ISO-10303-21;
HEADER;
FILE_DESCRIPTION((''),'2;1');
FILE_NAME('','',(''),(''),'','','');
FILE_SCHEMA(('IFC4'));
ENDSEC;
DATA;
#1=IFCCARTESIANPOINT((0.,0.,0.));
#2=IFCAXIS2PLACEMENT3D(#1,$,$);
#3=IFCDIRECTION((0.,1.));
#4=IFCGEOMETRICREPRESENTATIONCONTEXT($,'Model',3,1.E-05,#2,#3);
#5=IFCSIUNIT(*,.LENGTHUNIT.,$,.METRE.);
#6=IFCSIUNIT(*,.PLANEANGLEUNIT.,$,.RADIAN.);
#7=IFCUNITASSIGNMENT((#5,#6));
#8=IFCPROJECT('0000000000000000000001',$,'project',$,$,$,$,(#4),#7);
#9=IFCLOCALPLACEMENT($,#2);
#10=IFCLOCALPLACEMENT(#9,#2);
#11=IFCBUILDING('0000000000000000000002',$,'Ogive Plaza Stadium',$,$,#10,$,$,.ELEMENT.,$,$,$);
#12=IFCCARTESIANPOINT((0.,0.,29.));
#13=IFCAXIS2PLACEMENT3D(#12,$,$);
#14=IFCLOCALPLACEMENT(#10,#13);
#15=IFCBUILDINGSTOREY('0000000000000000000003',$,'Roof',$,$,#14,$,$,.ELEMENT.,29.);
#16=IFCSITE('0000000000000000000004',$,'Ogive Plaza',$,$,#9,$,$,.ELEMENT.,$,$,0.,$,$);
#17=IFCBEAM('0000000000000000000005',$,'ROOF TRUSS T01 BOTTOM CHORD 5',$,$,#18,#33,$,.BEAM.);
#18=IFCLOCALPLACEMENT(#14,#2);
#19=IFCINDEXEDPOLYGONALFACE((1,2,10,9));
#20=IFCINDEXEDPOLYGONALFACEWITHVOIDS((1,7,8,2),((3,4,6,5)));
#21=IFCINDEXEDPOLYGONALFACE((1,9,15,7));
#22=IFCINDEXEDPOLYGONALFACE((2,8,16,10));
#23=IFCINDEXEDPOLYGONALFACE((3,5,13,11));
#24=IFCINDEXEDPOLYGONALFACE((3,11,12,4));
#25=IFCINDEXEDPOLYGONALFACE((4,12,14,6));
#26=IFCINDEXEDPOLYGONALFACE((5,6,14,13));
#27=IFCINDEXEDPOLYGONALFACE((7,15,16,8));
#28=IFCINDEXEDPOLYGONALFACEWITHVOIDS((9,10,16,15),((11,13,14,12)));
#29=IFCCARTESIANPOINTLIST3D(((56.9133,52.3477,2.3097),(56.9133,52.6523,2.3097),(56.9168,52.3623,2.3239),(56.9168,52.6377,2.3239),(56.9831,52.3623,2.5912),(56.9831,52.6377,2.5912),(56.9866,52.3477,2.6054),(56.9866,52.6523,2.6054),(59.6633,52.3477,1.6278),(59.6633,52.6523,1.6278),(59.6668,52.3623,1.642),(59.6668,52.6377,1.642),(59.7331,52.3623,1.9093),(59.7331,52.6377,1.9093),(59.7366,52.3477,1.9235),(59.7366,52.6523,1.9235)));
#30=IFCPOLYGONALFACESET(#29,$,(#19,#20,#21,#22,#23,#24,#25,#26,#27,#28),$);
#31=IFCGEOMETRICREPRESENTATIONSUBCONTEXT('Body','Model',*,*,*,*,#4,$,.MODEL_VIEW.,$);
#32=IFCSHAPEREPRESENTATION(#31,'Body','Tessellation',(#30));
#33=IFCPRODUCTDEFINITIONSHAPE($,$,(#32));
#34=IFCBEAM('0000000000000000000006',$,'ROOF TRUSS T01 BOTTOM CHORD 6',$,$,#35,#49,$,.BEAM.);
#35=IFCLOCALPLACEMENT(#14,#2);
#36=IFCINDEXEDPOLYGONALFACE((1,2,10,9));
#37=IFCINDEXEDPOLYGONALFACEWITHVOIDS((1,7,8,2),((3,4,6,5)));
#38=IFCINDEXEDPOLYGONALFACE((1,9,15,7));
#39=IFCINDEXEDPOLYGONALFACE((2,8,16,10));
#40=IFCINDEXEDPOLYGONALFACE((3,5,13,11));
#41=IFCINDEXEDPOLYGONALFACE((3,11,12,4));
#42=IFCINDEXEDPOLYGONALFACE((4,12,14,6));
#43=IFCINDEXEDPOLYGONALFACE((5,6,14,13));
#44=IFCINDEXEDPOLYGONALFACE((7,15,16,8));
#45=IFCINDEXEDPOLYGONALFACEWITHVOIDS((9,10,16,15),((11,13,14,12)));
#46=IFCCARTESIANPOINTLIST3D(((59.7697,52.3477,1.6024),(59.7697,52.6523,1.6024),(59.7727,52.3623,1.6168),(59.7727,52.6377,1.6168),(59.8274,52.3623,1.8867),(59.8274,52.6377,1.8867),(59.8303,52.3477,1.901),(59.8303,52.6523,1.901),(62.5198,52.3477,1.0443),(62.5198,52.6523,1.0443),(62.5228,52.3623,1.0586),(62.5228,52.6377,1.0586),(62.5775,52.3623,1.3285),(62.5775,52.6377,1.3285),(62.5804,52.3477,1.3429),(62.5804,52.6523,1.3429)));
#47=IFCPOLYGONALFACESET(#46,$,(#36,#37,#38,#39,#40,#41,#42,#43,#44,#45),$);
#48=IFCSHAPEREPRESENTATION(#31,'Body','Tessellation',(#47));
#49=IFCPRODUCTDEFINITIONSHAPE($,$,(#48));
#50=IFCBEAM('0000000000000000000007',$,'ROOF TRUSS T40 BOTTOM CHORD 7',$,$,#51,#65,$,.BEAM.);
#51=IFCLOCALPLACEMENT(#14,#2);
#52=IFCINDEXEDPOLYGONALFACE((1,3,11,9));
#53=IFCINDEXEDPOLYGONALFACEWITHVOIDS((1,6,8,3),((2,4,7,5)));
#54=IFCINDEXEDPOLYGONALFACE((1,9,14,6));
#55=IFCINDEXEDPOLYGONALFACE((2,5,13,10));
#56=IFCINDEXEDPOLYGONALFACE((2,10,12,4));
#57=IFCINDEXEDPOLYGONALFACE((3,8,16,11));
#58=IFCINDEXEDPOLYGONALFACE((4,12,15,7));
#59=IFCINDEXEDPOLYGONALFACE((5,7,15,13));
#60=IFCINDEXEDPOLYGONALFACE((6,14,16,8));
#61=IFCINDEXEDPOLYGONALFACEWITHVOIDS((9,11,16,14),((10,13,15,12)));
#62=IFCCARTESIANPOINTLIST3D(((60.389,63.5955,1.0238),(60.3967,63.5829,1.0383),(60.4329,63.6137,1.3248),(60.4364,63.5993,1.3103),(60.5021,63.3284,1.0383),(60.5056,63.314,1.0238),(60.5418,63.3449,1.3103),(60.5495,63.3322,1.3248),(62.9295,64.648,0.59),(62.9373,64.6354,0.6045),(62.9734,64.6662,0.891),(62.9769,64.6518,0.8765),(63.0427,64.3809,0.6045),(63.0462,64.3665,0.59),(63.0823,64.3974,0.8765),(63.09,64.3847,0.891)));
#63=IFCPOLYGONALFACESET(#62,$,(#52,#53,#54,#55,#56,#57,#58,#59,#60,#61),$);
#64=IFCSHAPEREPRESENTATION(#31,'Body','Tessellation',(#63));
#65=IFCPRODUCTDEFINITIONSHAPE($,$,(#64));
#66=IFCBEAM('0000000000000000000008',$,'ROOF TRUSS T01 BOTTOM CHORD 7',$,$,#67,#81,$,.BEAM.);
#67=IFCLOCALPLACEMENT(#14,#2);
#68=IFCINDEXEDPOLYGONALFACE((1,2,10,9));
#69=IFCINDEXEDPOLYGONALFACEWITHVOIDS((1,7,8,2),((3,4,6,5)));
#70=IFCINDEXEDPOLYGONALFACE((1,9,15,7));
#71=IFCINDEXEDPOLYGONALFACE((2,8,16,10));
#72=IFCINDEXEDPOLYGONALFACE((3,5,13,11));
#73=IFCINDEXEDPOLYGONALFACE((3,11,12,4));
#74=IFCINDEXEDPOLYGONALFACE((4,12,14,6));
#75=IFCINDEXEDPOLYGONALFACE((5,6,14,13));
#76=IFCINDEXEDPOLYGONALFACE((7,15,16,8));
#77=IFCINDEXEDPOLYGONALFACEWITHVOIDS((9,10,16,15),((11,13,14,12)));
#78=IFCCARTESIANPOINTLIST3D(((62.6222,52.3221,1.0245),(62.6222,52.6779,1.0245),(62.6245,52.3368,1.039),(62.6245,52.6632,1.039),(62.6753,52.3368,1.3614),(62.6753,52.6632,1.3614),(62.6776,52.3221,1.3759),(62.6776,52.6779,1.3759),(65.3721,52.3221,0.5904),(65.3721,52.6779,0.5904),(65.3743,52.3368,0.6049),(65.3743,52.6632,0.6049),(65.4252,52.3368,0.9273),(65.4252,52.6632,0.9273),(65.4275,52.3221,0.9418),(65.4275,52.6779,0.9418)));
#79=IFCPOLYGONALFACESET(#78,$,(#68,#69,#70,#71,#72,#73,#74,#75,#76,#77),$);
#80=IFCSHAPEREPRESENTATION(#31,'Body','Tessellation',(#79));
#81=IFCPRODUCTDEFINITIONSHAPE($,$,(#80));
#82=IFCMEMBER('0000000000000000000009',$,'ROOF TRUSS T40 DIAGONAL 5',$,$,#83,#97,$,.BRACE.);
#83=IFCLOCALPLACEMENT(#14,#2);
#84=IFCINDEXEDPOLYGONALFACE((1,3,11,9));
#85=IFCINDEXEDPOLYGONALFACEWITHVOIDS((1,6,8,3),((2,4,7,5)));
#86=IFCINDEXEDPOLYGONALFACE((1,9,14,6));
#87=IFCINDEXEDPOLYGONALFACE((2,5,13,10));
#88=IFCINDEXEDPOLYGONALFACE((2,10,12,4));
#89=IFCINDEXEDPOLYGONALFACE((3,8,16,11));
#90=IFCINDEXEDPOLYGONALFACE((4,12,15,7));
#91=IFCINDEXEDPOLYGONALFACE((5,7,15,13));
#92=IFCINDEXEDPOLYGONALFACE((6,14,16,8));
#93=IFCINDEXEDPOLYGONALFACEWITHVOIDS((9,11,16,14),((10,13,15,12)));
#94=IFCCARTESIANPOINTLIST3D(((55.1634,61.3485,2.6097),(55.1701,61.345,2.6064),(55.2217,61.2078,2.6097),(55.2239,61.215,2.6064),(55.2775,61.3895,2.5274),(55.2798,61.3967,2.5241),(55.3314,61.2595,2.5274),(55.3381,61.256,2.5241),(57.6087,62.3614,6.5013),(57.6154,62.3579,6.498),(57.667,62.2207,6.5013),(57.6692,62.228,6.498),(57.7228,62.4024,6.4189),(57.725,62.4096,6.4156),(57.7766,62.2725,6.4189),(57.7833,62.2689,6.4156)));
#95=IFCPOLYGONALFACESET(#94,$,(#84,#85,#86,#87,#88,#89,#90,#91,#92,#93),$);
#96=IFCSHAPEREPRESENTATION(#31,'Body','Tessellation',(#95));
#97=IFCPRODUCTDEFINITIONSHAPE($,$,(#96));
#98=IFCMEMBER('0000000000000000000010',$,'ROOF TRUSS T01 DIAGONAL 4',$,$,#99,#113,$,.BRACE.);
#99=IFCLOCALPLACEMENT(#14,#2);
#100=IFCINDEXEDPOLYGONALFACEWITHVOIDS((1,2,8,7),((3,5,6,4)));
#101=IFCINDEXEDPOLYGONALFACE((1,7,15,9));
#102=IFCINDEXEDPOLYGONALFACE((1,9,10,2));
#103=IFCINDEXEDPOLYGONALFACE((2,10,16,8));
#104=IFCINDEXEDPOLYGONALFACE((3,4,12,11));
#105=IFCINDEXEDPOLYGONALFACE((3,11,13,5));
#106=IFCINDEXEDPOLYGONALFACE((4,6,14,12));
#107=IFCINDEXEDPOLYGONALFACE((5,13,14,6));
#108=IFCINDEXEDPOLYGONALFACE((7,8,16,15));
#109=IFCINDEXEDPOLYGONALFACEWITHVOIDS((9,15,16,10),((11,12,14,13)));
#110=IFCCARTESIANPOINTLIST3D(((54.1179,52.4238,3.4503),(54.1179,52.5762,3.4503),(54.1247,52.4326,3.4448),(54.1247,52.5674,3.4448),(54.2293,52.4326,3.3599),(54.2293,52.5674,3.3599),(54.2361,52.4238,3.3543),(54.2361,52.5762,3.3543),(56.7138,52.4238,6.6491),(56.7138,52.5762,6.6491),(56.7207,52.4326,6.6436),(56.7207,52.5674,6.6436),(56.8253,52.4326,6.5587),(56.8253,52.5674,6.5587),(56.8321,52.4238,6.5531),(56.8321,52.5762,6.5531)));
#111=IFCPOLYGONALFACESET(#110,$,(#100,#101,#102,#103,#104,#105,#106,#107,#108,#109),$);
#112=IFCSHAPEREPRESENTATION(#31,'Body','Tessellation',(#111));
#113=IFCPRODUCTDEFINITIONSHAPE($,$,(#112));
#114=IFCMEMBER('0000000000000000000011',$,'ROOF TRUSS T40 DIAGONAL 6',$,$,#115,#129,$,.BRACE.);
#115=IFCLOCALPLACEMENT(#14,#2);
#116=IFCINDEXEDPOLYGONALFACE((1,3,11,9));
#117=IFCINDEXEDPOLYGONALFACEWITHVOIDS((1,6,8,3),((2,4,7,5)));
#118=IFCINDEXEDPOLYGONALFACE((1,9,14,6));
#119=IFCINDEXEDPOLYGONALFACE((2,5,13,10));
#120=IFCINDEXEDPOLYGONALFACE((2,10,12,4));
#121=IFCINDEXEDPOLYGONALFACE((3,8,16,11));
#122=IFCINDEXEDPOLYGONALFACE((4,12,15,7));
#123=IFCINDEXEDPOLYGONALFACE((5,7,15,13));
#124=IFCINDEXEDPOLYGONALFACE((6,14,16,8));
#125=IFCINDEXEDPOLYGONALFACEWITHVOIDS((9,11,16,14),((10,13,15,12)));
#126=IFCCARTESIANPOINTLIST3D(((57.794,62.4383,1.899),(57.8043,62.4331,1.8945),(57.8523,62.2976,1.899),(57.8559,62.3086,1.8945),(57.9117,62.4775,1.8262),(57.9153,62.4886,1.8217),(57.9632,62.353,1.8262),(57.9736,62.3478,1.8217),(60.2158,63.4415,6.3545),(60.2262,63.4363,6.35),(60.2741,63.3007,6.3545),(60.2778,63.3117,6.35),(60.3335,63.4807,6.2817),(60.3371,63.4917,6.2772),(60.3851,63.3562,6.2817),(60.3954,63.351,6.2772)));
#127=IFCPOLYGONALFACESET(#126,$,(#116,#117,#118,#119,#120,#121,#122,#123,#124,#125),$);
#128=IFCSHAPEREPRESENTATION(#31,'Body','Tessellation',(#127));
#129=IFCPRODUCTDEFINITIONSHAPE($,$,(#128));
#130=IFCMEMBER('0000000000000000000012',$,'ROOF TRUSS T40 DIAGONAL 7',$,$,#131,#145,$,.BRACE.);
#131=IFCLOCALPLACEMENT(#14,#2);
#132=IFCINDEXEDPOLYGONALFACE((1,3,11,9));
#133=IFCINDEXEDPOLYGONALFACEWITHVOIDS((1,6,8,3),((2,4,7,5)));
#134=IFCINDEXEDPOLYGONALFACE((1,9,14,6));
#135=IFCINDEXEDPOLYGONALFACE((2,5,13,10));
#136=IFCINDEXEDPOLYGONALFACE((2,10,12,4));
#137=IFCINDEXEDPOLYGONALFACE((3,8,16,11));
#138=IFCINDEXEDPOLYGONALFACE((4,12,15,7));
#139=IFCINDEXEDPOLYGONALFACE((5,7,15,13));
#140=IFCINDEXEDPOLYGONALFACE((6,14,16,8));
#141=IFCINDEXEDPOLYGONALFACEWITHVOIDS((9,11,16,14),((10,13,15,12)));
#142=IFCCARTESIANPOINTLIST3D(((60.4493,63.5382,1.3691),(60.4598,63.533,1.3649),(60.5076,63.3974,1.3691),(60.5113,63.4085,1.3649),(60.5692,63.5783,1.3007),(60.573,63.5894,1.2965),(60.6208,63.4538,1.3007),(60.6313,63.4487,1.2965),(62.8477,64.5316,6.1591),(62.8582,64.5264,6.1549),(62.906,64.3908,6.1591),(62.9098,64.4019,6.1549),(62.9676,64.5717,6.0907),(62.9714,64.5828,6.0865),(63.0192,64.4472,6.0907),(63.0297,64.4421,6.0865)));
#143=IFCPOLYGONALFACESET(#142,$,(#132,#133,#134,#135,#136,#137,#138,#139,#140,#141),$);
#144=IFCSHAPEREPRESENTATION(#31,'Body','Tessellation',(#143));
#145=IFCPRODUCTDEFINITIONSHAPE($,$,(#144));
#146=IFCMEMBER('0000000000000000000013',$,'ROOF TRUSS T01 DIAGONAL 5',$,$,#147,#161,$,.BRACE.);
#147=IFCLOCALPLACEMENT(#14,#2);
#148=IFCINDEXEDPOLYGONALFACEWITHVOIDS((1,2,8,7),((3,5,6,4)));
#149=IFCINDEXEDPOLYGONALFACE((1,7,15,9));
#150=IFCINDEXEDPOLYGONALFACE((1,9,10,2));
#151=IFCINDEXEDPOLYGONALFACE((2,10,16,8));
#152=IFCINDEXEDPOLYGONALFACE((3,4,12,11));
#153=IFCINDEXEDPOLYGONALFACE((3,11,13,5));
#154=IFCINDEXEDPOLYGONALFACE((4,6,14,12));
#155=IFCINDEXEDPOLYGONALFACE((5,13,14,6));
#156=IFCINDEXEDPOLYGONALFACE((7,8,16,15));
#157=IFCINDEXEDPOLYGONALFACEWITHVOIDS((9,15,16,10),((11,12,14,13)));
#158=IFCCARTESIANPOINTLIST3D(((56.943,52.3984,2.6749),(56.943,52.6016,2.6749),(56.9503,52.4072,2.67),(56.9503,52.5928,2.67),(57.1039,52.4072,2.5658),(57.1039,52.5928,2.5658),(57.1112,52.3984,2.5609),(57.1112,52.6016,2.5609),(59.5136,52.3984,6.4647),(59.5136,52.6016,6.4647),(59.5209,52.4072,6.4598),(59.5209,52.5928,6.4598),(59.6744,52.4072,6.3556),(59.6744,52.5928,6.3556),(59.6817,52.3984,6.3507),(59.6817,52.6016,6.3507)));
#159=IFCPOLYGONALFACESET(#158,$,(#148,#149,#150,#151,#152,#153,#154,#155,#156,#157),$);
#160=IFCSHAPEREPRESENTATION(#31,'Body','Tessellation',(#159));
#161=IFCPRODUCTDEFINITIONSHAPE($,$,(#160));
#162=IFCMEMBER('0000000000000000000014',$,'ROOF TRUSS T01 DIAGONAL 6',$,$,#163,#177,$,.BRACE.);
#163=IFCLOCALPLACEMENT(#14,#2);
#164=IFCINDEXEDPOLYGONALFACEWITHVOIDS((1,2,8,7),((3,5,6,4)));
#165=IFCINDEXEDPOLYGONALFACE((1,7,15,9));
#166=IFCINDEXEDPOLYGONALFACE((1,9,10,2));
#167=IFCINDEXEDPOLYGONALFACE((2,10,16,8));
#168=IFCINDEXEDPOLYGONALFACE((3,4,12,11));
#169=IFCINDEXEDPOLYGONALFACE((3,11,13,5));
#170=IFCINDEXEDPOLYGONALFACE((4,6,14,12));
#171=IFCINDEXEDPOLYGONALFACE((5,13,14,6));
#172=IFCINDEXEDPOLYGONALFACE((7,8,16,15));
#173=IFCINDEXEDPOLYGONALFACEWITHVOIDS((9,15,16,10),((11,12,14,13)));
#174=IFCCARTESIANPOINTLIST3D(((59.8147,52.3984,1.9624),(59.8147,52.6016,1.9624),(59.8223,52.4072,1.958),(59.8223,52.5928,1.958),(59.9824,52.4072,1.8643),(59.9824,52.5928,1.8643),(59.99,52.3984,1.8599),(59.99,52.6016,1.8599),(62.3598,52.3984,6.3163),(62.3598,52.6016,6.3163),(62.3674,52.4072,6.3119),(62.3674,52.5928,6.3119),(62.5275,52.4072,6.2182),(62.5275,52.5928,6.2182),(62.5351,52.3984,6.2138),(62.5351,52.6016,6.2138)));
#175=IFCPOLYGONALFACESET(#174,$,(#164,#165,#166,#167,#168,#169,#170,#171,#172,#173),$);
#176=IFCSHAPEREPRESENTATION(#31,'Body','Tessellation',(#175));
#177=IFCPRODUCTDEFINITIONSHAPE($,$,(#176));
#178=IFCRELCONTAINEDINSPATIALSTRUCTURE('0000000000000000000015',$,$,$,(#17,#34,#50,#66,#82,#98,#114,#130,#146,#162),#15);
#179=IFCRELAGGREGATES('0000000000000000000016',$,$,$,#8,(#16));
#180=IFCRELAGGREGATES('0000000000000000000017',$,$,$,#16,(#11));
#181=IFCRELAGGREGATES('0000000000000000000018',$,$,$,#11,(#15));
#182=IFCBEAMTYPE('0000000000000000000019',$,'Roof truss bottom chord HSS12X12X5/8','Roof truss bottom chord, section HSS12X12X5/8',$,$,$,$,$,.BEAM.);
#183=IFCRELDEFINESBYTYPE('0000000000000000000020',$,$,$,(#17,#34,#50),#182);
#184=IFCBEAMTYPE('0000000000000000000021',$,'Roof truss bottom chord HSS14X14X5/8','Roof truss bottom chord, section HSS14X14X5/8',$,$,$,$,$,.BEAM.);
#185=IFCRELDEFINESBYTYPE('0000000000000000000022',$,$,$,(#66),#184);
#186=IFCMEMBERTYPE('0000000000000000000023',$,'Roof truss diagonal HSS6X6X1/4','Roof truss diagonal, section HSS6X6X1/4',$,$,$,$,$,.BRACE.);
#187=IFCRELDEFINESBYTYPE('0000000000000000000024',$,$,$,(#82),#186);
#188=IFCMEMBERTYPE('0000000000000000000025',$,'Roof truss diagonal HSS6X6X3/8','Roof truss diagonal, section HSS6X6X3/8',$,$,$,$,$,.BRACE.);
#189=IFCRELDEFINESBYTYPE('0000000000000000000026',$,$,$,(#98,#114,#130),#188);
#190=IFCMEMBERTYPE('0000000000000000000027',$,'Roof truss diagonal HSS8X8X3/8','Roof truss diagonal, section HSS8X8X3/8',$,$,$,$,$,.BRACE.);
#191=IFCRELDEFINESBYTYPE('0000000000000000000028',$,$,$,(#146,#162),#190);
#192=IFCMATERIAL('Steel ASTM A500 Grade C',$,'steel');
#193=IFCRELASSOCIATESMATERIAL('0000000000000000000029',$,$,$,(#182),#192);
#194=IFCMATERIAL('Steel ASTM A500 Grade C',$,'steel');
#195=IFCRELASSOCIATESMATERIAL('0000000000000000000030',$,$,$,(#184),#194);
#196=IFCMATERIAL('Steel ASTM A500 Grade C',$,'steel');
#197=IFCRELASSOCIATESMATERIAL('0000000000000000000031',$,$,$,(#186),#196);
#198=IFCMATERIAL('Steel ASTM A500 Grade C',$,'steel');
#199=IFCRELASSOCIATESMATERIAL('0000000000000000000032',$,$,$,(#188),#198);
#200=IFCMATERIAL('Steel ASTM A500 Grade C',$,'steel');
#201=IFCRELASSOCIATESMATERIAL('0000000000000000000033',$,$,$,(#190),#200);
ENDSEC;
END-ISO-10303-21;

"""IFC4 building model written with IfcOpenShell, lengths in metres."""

from ifc_helpers import new_model, si_unit, direction, frame, origin, origin_2d, place, context, subcontext, project, spatial, hollow_rectangle, extrude, material, material_profile, profile_set, type_object, element, save


model = new_model("IFC4")

# Units and contexts
model_context = context("Model", 3, precision=1e-05, world=origin(), true_north=direction((0.0, 1.0)))
body_context = subcontext(model_context, "Body", "Model", "MODEL_VIEW")
ifc_project = project(units=[si_unit("LENGTHUNIT", "METRE"), si_unit("PLANEANGLEUNIT", "RADIAN")], contexts=[model_context])

# Site, building, storey
site_placement = place(None, origin())
site = spatial("IfcSite", under=ifc_project, at=site_placement, Name="Ogive Plaza", CompositionType="ELEMENT", RefElevation=0.0)
building_placement = place(site_placement, origin())
building = spatial("IfcBuilding", under=site, at=building_placement, Name="Ogive Plaza Stadium", CompositionType="ELEMENT")
storey_placement = place(building_placement, frame((0.0, 0.0, 29.0)))
storey = spatial("IfcBuildingStorey", under=building, at=storey_placement, Name="Roof", CompositionType="ELEMENT", Elevation=29.0)

# Beams
ifc_material_1 = material(Name="Steel ASTM A500 Grade C", Category="steel")
ifc_material_profile_1 = material_profile(ifc_material_1, hollow_rectangle(XDim=0.3047, YDim=0.3047, WallThickness=0.0146, at=origin_2d()), Name="HSS12X12X5/8")
ifc_profile_set_1 = profile_set([ifc_material_profile_1], Name="Steel ASTM A500 Grade C")
beam_type_1 = type_object("IfcBeamType", Name="Roof truss bottom chord HSS12X12X5/8", Description="Roof truss bottom chord, section HSS12X12X5/8", PredefinedType="BEAM", material=ifc_profile_set_1)
beam_1_placement = place(storey_placement, frame((56.95, 52.5, 2.4575), z_axis=(0.970607, 0.0, -0.24067), x_axis=(0.0, 1.0, 0.0)))
element("IfcBeam", 1, at=beam_1_placement, inside=storey, type_object=beam_type_1, Name="ROOF TRUSS T01 BOTTOM CHORD 5", PredefinedType="BEAM", context=body_context, shape_type="SweptSolid", body=[
    extrude(hollow_rectangle(XDim=0.3047, YDim=0.3047, WallThickness=0.0146, at=origin_2d()), origin(), (0.0, 0.0, 1.0), 2.8333),
])
beam_2_placement = place(storey_placement, frame((59.8, 52.5, 1.7517), z_axis=(0.980021, 0.0, -0.198893), x_axis=(0.0, 1.0, 0.0)))
element("IfcBeam", 2, at=beam_2_placement, inside=storey, type_object=beam_type_1, Name="ROOF TRUSS T01 BOTTOM CHORD 6", PredefinedType="BEAM", context=body_context, shape_type="SweptSolid", body=[
    extrude(hollow_rectangle(XDim=0.3047, YDim=0.3047, WallThickness=0.0146, at=origin_2d()), origin(), (0.0, 0.0, 1.0), 2.8062),
])
beam_3_placement = place(storey_placement, frame((60.4692, 63.4639, 1.1743), z_axis=(0.912571, 0.37806, -0.155837), x_axis=(-0.382736, 0.923858, 0.0)))
element("IfcBeam", 3, at=beam_3_placement, inside=storey, type_object=beam_type_1, Name="ROOF TRUSS T40 BOTTOM CHORD 7", PredefinedType="BEAM", context=body_context, shape_type="SweptSolid", body=[
    extrude(hollow_rectangle(XDim=0.3047, YDim=0.3047, WallThickness=0.0146, at=origin_2d()), origin(), (0.0, 0.0, 1.0), 2.7839),
])
ifc_material_2 = material(Name="Steel ASTM A500 Grade C", Category="steel")
ifc_material_profile_2 = material_profile(ifc_material_2, hollow_rectangle(XDim=0.3557, YDim=0.3557, WallThickness=0.0146, at=origin_2d()), Name="HSS14X14X5/8")
ifc_profile_set_2 = profile_set([ifc_material_profile_2], Name="Steel ASTM A500 Grade C")
beam_type_2 = type_object("IfcBeamType", Name="Roof truss bottom chord HSS14X14X5/8", Description="Roof truss bottom chord, section HSS14X14X5/8", PredefinedType="BEAM", material=ifc_profile_set_2)
beam_4_placement = place(storey_placement, frame((62.6499, 52.5, 1.2002), z_axis=(0.98777, 0.0, -0.155918), x_axis=(0.0, 1.0, 0.0)))
element("IfcBeam", 4, at=beam_4_placement, inside=storey, type_object=beam_type_2, Name="ROOF TRUSS T01 BOTTOM CHORD 7", PredefinedType="BEAM", context=body_context, shape_type="SweptSolid", body=[
    extrude(hollow_rectangle(XDim=0.3557, YDim=0.3557, WallThickness=0.0146, at=origin_2d()), origin(), (0.0, 0.0, 1.0), 2.7839),
])

# Members
ifc_material_3 = material(Name="Steel ASTM A500 Grade C", Category="steel")
ifc_material_profile_3 = material_profile(ifc_material_3, hollow_rectangle(XDim=0.1523, YDim=0.1523, WallThickness=0.0059, at=origin_2d()), Name="HSS6X6X1/4")
ifc_profile_set_3 = profile_set([ifc_material_profile_3], Name="Steel ASTM A500 Grade C")
member_type_1 = type_object("IfcMemberType", Name="Roof truss diagonal HSS6X6X1/4", Description="Roof truss diagonal, section HSS6X6X1/4", PredefinedType="BRACE", material=ifc_profile_set_3)
member_1_placement = place(storey_placement, frame((55.2507, 61.3022, 2.5669), z_axis=(0.519572, 0.215226, 0.826875), x_axis=(-0.382702, 0.923872, 0.0)))
element("IfcMember", 5, at=member_1_placement, inside=storey, type_object=member_type_1, Name="ROOF TRUSS T40 DIAGONAL 5", PredefinedType="BRACE", context=body_context, shape_type="SweptSolid", body=[
    extrude(hollow_rectangle(XDim=0.1523, YDim=0.1523, WallThickness=0.0059, at=origin_2d()), origin(), (0.0, 0.0, 1.0), 4.7063),
])
ifc_material_4 = material(Name="Steel ASTM A500 Grade C", Category="steel")
ifc_material_profile_4 = material_profile(ifc_material_4, hollow_rectangle(XDim=0.1523, YDim=0.1523, WallThickness=0.0088, at=origin_2d()), Name="HSS6X6X3/8")
ifc_profile_set_4 = profile_set([ifc_material_profile_4], Name="Steel ASTM A500 Grade C")
member_type_2 = type_object("IfcMemberType", Name="Roof truss diagonal HSS6X6X3/8", Description="Roof truss diagonal, section HSS6X6X3/8", PredefinedType="BRACE", material=ifc_profile_set_4)
member_2_placement = place(storey_placement, frame((54.177, 52.5, 3.4023), z_axis=(0.630151, 0.0, 0.776473), x_axis=(0.0, 1.0, 0.0)))
element("IfcMember", 6, at=member_2_placement, inside=storey, type_object=member_type_2, Name="ROOF TRUSS T01 DIAGONAL 4", PredefinedType="BRACE", context=body_context, shape_type="SweptSolid", body=[
    extrude(hollow_rectangle(XDim=0.1523, YDim=0.1523, WallThickness=0.0088, at=origin_2d()), origin(), (0.0, 0.0, 1.0), 4.1196),
])
member_3_placement = place(storey_placement, frame((57.8838, 62.3931, 1.8604), z_axis=(0.468492, 0.194056, 0.861892), x_axis=(-0.382684, 0.923879, 0.0)))
element("IfcMember", 7, at=member_3_placement, inside=storey, type_object=member_type_2, Name="ROOF TRUSS T40 DIAGONAL 6", PredefinedType="BRACE", context=body_context, shape_type="SweptSolid", body=[
    extrude(hollow_rectangle(XDim=0.1523, YDim=0.1523, WallThickness=0.0088, at=origin_2d()), origin(), (0.0, 0.0, 1.0), 5.1694),
])
member_4_placement = place(storey_placement, frame((60.5403, 63.4934, 1.3328), z_axis=(0.440219, 0.182334, 0.879183), x_axis=(-0.382665, 0.923887, 0.0)))
element("IfcMember", 8, at=member_4_placement, inside=storey, type_object=member_type_2, Name="ROOF TRUSS T40 DIAGONAL 7", PredefinedType="BRACE", context=body_context, shape_type="SweptSolid", body=[
    extrude(hollow_rectangle(XDim=0.1523, YDim=0.1523, WallThickness=0.0088, at=origin_2d()), origin(), (0.0, 0.0, 1.0), 5.4482),
])
ifc_material_5 = material(Name="Steel ASTM A500 Grade C", Category="steel")
ifc_material_profile_5 = material_profile(ifc_material_5, hollow_rectangle(XDim=0.2031, YDim=0.2031, WallThickness=0.0088, at=origin_2d()), Name="HSS8X8X3/8")
ifc_profile_set_5 = profile_set([ifc_material_profile_5], Name="Steel ASTM A500 Grade C")
member_type_3 = type_object("IfcMemberType", Name="Roof truss diagonal HSS8X8X3/8", Description="Roof truss diagonal, section HSS8X8X3/8", PredefinedType="BRACE", material=ifc_profile_set_5)
member_5_placement = place(storey_placement, frame((57.0271, 52.5, 2.6179), z_axis=(0.561338, 0.0, 0.827586), x_axis=(0.0, 1.0, 0.0)))
element("IfcMember", 9, at=member_5_placement, inside=storey, type_object=member_type_3, Name="ROOF TRUSS T01 DIAGONAL 5", PredefinedType="BRACE", context=body_context, shape_type="SweptSolid", body=[
    extrude(hollow_rectangle(XDim=0.2031, YDim=0.2031, WallThickness=0.0088, at=origin_2d()), origin(), (0.0, 0.0, 1.0), 4.5793),
])
member_6_placement = place(storey_placement, frame((59.9023, 52.5, 1.9111), z_axis=(0.504659, 0.0, 0.863319), x_axis=(0.0, 1.0, 0.0)))
element("IfcMember", 10, at=member_6_placement, inside=storey, type_object=member_type_3, Name="ROOF TRUSS T01 DIAGONAL 6", PredefinedType="BRACE", context=body_context, shape_type="SweptSolid", body=[
    extrude(hollow_rectangle(XDim=0.2031, YDim=0.2031, WallThickness=0.0088, at=origin_2d()), origin(), (0.0, 0.0, 1.0), 5.0432),
])

save(model, "model.ifc")
